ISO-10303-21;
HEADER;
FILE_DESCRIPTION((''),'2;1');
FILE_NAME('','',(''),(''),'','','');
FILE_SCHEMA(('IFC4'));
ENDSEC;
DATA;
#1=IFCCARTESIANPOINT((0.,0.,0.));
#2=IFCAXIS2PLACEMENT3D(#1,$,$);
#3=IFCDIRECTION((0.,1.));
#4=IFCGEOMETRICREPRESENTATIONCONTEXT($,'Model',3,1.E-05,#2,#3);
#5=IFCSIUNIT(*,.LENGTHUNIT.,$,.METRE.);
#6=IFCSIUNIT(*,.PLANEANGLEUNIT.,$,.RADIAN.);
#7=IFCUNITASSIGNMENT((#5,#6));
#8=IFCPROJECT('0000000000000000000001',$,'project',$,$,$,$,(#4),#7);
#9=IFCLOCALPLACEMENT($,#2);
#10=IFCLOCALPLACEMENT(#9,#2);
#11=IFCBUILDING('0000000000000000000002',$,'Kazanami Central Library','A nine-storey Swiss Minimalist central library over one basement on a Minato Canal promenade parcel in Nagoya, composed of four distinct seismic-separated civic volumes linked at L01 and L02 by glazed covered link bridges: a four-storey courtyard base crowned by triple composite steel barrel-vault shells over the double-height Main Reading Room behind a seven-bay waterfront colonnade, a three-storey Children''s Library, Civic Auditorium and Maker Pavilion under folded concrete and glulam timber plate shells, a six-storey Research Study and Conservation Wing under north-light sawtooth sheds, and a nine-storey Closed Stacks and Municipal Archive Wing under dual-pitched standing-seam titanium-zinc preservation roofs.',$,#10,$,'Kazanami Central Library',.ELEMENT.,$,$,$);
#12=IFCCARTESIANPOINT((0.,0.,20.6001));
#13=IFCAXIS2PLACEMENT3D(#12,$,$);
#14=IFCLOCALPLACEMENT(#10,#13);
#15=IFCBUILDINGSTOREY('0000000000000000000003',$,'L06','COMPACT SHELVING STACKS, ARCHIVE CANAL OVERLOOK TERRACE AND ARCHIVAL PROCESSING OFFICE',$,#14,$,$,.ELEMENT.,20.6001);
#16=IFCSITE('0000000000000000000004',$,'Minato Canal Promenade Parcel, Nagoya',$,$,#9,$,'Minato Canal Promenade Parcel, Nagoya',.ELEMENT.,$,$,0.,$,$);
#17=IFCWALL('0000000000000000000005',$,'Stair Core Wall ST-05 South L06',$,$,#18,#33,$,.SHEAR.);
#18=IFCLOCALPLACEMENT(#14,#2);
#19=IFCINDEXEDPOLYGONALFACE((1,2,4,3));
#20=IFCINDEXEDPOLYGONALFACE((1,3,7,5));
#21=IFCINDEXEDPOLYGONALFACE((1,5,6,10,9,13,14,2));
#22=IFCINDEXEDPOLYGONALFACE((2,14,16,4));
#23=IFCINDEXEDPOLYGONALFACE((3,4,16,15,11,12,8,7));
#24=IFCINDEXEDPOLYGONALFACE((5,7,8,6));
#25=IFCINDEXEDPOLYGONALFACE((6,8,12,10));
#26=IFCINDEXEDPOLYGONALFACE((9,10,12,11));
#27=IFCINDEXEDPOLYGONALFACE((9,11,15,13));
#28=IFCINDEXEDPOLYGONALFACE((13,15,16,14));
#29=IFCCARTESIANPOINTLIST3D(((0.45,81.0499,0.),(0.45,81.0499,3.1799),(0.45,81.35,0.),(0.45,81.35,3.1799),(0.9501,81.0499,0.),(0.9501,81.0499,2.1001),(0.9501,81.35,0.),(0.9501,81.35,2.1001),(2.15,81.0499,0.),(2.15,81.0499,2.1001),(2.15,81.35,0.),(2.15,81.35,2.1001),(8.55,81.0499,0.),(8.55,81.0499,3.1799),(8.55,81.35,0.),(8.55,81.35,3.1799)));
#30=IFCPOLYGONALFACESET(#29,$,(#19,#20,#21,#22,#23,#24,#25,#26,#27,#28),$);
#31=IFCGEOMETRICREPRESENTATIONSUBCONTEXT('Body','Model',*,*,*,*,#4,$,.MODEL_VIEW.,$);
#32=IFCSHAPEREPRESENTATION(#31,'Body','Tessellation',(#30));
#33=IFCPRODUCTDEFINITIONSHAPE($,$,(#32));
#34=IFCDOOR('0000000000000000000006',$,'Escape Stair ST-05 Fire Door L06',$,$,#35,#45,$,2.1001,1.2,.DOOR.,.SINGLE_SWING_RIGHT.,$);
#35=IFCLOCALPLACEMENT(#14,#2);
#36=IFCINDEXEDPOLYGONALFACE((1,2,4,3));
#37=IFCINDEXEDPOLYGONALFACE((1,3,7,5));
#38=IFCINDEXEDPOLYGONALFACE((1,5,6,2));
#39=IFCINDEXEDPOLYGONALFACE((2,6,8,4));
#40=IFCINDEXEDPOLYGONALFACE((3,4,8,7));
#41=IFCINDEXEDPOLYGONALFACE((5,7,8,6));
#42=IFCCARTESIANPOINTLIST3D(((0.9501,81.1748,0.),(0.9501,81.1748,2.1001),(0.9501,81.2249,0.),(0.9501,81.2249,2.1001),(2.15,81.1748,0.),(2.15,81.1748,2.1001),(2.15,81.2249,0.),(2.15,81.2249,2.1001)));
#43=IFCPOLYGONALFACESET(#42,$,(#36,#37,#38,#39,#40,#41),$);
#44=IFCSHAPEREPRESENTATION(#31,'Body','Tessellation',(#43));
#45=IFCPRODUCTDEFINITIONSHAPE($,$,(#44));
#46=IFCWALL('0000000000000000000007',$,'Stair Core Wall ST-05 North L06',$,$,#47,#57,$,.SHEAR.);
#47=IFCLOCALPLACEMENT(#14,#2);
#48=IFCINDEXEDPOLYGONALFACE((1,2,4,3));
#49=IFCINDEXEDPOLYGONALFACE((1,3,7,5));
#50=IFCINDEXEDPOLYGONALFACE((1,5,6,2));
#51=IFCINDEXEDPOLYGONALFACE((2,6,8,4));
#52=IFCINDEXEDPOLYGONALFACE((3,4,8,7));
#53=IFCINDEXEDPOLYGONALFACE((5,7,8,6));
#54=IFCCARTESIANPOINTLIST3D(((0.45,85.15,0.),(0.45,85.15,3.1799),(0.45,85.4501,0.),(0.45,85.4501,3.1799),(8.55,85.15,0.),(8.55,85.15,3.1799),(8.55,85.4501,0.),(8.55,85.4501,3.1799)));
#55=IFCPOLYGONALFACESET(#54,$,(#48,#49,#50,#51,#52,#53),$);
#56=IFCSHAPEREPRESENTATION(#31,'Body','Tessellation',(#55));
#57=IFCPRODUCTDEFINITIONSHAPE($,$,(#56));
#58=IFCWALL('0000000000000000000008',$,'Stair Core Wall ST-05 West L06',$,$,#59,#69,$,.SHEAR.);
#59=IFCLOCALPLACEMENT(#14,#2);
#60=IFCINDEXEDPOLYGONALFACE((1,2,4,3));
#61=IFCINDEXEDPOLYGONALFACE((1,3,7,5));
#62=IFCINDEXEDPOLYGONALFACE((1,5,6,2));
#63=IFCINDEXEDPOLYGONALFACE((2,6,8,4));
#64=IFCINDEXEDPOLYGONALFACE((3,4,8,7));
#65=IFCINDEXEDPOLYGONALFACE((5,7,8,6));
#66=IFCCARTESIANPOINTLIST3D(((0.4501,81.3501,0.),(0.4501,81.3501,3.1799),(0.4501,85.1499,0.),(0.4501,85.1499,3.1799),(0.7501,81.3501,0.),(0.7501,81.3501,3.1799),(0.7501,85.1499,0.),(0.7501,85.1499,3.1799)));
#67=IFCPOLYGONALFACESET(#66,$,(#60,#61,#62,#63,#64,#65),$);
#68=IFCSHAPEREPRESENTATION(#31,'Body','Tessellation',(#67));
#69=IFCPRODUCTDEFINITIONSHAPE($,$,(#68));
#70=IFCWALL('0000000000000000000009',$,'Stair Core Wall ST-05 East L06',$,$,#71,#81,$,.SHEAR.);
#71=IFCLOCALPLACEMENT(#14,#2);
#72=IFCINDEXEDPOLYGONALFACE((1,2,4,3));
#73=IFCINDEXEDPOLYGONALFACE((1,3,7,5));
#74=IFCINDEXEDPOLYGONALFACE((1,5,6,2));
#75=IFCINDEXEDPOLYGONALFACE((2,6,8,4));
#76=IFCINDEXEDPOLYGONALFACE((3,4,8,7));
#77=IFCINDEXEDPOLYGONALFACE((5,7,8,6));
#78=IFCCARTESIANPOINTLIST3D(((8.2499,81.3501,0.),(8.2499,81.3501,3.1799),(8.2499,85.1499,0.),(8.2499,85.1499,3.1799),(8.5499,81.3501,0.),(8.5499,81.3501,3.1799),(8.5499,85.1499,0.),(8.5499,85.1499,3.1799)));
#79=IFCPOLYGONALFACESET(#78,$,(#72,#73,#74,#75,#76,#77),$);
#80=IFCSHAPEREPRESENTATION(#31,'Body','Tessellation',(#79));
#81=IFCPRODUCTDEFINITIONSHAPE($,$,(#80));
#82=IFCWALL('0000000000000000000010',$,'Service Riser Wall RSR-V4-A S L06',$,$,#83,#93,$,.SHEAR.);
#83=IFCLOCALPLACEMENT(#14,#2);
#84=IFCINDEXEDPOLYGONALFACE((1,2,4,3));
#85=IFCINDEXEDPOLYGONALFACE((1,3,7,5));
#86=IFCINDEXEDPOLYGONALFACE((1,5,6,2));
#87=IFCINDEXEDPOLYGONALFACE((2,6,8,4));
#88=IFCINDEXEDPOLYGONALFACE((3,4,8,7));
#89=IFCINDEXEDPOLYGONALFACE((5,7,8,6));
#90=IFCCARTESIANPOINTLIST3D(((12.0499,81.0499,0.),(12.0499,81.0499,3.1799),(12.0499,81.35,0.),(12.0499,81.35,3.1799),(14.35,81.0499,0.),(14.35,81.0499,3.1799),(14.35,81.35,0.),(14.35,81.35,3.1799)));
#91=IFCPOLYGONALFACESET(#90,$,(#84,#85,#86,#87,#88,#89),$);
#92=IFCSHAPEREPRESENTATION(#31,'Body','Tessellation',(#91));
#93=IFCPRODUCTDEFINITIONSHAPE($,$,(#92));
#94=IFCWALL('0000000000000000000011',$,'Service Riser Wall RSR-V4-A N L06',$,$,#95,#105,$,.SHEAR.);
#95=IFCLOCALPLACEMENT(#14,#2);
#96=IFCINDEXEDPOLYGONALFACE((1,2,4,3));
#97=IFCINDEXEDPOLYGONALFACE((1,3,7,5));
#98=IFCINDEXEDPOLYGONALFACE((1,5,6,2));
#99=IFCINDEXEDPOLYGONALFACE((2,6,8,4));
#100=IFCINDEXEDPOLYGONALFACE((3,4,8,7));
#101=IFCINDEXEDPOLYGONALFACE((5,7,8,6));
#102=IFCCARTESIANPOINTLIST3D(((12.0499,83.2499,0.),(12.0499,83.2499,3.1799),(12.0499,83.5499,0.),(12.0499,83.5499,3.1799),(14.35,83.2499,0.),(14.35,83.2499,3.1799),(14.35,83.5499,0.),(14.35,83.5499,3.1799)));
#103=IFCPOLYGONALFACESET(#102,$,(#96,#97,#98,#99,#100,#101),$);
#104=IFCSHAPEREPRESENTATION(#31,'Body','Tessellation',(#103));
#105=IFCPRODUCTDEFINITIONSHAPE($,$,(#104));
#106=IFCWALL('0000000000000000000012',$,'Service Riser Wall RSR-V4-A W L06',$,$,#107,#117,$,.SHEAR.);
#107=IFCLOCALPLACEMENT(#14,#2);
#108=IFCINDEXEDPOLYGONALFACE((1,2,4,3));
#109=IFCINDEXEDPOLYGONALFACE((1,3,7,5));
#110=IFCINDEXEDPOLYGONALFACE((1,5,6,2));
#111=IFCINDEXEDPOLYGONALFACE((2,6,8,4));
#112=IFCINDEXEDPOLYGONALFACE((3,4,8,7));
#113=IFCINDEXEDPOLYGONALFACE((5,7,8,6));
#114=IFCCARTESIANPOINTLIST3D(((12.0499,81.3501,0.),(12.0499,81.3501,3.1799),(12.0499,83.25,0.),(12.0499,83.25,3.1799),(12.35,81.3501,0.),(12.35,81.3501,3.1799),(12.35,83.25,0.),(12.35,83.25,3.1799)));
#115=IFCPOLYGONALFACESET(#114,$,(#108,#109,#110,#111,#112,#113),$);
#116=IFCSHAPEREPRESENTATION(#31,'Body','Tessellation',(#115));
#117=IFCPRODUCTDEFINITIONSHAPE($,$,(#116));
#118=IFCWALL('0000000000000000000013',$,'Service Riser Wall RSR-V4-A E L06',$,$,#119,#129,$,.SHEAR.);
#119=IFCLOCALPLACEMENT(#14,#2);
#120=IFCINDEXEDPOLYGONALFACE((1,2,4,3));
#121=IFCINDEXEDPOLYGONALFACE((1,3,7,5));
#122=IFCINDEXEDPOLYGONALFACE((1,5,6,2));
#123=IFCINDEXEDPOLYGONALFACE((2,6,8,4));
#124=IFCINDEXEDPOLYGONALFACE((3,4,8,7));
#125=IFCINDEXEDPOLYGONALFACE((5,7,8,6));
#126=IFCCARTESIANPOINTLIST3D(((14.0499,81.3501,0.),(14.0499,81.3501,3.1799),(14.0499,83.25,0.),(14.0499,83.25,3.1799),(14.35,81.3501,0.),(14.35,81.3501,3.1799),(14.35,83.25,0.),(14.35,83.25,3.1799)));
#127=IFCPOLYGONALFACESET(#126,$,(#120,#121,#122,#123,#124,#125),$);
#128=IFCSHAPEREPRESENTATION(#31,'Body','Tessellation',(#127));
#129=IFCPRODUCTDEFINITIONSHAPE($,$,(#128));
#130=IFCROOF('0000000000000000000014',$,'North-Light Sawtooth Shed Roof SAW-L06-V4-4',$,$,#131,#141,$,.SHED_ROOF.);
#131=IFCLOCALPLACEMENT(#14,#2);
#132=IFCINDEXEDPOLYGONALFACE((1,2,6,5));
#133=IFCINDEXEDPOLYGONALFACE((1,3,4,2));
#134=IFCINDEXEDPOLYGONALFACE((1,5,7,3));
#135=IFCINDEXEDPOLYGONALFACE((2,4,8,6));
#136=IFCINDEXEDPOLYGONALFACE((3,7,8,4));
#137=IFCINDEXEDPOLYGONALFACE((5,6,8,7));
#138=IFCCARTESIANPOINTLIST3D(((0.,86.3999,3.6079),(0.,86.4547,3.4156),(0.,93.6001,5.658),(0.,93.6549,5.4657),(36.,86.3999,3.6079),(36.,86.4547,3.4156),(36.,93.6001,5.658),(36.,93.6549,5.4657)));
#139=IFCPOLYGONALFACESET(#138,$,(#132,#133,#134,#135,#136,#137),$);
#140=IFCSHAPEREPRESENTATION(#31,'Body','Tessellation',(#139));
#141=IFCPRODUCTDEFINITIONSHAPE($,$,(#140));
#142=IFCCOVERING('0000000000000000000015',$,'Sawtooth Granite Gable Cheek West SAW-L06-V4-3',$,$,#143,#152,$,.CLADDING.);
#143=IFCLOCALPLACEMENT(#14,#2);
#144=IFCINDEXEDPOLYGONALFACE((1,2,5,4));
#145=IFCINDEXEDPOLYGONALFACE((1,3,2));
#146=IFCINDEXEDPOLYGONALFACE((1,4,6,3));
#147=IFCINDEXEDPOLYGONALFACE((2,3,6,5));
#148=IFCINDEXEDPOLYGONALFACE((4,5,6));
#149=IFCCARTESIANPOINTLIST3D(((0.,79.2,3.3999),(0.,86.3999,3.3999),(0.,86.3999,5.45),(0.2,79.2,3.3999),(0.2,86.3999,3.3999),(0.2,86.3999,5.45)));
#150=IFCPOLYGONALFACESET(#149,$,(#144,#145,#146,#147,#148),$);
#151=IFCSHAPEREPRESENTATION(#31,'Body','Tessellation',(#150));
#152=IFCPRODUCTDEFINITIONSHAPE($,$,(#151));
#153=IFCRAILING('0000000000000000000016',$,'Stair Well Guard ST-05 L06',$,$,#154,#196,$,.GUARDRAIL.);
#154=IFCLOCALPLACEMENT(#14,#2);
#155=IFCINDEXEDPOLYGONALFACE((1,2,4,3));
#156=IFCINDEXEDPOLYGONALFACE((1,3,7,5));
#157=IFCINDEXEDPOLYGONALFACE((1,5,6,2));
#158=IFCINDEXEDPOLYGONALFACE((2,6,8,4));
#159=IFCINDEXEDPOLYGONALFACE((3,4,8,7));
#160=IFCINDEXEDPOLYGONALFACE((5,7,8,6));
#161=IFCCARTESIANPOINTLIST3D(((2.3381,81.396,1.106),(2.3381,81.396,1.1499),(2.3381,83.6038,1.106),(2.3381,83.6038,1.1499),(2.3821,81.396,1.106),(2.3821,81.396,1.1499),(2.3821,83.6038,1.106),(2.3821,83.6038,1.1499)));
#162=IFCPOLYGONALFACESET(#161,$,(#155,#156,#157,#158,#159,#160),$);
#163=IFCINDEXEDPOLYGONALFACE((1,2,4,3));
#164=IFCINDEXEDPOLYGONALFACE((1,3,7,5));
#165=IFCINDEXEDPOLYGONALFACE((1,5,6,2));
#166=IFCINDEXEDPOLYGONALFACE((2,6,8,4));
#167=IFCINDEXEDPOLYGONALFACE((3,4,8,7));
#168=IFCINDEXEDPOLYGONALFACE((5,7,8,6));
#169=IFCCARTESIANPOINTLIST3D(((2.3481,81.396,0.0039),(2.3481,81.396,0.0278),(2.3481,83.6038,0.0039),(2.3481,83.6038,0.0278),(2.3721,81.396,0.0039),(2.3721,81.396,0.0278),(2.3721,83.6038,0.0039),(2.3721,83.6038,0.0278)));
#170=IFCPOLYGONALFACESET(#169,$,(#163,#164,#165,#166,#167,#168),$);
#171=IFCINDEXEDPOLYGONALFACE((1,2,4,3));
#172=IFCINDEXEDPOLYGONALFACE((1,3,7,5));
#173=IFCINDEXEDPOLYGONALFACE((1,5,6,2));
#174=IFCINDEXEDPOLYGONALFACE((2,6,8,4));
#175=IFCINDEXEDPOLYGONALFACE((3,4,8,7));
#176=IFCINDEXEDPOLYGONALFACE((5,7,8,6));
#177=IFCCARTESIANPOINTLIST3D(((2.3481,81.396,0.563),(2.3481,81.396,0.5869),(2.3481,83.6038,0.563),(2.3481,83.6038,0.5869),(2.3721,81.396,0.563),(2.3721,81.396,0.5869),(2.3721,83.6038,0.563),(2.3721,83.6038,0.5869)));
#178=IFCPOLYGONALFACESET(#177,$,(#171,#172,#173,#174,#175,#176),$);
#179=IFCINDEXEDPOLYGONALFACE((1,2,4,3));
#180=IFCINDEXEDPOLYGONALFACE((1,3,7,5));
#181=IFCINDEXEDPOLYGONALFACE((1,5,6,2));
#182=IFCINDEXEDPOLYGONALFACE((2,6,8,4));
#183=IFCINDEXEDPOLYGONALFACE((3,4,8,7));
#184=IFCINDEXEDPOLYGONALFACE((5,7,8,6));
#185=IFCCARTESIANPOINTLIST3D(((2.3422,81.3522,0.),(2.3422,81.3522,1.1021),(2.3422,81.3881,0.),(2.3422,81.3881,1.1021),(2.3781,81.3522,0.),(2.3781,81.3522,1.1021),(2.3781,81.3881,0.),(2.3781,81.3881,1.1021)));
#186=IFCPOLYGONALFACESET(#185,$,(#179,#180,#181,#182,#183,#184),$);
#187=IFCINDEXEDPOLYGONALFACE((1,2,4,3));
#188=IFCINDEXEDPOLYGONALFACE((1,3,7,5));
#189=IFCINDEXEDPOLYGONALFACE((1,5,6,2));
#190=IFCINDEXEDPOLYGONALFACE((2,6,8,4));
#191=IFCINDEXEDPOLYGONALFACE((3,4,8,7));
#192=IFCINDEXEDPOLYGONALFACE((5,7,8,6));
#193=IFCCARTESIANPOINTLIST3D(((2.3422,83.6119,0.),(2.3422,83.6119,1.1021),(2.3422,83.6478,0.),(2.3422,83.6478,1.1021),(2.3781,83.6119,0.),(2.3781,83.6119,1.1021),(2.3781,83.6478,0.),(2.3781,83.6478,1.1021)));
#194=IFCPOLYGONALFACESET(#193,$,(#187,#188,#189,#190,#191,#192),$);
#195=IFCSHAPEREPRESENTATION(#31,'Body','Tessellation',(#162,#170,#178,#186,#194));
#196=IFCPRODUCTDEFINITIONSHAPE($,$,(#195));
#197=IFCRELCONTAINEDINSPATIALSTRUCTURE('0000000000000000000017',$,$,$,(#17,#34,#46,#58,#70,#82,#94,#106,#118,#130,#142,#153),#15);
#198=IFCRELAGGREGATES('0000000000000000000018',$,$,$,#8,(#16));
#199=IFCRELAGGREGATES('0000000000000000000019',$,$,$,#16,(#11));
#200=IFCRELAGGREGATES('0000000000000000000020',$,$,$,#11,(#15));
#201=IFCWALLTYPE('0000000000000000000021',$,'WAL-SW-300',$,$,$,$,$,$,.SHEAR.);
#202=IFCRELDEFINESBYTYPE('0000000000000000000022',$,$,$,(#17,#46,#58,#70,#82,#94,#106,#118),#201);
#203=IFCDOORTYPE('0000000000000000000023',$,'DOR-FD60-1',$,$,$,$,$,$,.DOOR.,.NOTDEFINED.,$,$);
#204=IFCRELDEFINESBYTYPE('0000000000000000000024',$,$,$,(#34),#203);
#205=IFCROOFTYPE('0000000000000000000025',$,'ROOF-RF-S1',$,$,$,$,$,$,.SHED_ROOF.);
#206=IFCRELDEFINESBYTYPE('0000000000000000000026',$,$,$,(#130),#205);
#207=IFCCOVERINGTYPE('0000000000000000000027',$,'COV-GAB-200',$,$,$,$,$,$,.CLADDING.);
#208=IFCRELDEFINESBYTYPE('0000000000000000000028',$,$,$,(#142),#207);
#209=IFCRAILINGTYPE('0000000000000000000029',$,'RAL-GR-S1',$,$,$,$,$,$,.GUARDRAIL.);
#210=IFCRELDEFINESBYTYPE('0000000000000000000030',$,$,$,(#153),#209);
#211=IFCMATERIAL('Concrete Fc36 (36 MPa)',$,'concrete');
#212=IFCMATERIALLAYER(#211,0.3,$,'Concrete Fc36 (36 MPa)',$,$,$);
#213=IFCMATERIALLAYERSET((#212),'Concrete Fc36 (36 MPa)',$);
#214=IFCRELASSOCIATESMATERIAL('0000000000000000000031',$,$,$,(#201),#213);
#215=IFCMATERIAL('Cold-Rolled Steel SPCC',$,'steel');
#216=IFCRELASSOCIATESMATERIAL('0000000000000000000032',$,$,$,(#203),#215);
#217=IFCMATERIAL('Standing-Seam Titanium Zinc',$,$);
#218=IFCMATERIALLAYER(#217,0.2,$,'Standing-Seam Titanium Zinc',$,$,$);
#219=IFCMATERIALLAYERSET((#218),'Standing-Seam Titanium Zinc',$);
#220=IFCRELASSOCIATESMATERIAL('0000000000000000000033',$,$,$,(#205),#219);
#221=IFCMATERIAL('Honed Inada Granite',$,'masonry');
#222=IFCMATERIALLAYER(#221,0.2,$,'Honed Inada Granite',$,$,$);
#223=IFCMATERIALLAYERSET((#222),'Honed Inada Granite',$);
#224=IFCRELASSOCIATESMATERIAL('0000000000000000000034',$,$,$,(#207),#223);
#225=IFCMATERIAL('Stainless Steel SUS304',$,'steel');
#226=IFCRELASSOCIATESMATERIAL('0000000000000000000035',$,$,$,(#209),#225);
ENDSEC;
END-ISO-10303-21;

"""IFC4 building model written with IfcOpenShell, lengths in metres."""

from ifc_helpers import new_model, si_unit, direction, frame, frame_2d, origin, origin_2d, place, context, subcontext, project, spatial, polyline, rectangle, outline, extrude, material, layer, layer_set, type_object, element, fill, save


model = new_model("IFC4")

# Units and contexts
model_context = context("Model", 3, precision=1e-05, world=origin(), true_north=direction((0.0, 1.0)))
body_context = subcontext(model_context, "Body", "Model", "MODEL_VIEW")
ifc_project = project(units=[si_unit("LENGTHUNIT", "METRE"), si_unit("PLANEANGLEUNIT", "RADIAN")], contexts=[model_context])

# Site, building, storey
site_placement = place(None, origin())
site = spatial("IfcSite", under=ifc_project, at=site_placement, Name="Minato Canal Promenade Parcel, Nagoya", LongName="Minato Canal Promenade Parcel, Nagoya", CompositionType="ELEMENT", RefElevation=0.0)
building_placement = place(site_placement, origin())
building = spatial("IfcBuilding", under=site, at=building_placement, Name="Kazanami Central Library", Description="A nine-storey Swiss Minimalist central library over one basement on a Minato Canal promenade parcel in Nagoya, composed of four distinct seismic-separated civic volumes linked at L01 and L02 by glazed covered link bridges: a four-storey courtyard base crowned by triple composite steel barrel-vault shells over the double-height Main Reading Room behind a seven-bay waterfront colonnade, a three-storey Children's Library, Civic Auditorium and Maker Pavilion under folded concrete and glulam timber plate shells, a six-storey Research Study and Conservation Wing under north-light sawtooth sheds, and a nine-storey Closed Stacks and Municipal Archive Wing under dual-pitched standing-seam titanium-zinc preservation roofs.", LongName="Kazanami Central Library", CompositionType="ELEMENT")
storey_placement = place(building_placement, frame((0.0, 0.0, 20.6001)))
storey = spatial("IfcBuildingStorey", under=building, at=storey_placement, Name="L06", Description="COMPACT SHELVING STACKS, ARCHIVE CANAL OVERLOOK TERRACE AND ARCHIVAL PROCESSING OFFICE", CompositionType="ELEMENT", Elevation=20.6001)

# Shared definitions
ifc_material_1 = material(Name="Concrete Fc36 (36 MPa)", Category="concrete")
ifc_material_2 = material(Name="Honed Inada Granite", Category="masonry")

# Shared definitions
ifc_material_3 = material(Name="Cold-Rolled Steel SPCC", Category="steel")

# Wall, opening, door
ifc_layer_1 = layer(ifc_material_1, 0.3, Name="Concrete Fc36 (36 MPa)")
ifc_layer_set_1 = layer_set([ifc_layer_1], Name="Concrete Fc36 (36 MPa)")
wall_type_1 = type_object("IfcWallType", Name="WAL-SW-300", PredefinedType="SHEAR", material=ifc_layer_set_1)
wall_1_placement = place(storey_placement, frame((0.45, 81.2, 0.0), z_axis=(0.0, 0.0, 1.0), x_axis=(1.0, 0.0, 0.0)))
wall_1 = element("IfcWall", 1, at=wall_1_placement, inside=storey, type_object=wall_type_1, Name="Stair Core Wall ST-05 South L06", PredefinedType="SHEAR", context=body_context, shape_type="SweptSolid", body=[
    extrude(rectangle(XDim=8.1001, YDim=0.3, at=frame_2d((4.05, 0.0))), origin(), (0.0, 0.0, 1.0), 3.1799),
])
opening_1_placement = place(wall_1_placement, frame((0.5, 0.0, 0.0)))
opening_1 = element("IfcOpeningElement", 2, at=opening_1_placement, cuts=wall_1, PredefinedType="OPENING", context=body_context, shape_type="SweptSolid", body=[
    extrude(rectangle(XDim=1.2, YDim=2.1001, at=frame_2d((0.6001, 1.05))), frame((0.0, 0.1621, 0.0), z_axis=(0.0, -1.0, 0.0), x_axis=(1.0, 0.0, 0.0)), (0.0, 0.0, 1.0), 0.324),
])
door_type_1 = type_object("IfcDoorType", Name="DOR-FD60-1", OperationType="NOTDEFINED", PredefinedType="DOOR", material=ifc_material_3)
door_1_placement = place(opening_1_placement, origin())
door_1 = element("IfcDoor", 3, at=door_1_placement, inside=storey, type_object=door_type_1, Name="Escape Stair ST-05 Fire Door L06", OperationType="SINGLE_SWING_RIGHT", OverallHeight=2.1001, OverallWidth=1.2, PredefinedType="DOOR", context=body_context, shape_type="SweptSolid", body=[
    extrude(rectangle(XDim=1.2, YDim=2.1001, at=frame_2d((0.6001, 1.05))), frame((0.0, 0.0249, 0.0), z_axis=(0.0, -1.0, 0.0), x_axis=(1.0, 0.0, 0.0)), (0.0, 0.0, 1.0), 0.05),
])
fill(opening_1, door_1)

# Walls
wall_2_placement = place(storey_placement, frame((0.45, 85.3, 0.0), z_axis=(0.0, 0.0, 1.0), x_axis=(1.0, 0.0, 0.0)))
element("IfcWall", 4, at=wall_2_placement, inside=storey, type_object=wall_type_1, Name="Stair Core Wall ST-05 North L06", PredefinedType="SHEAR", context=body_context, shape_type="SweptSolid", body=[
    extrude(rectangle(XDim=8.1001, YDim=0.3, at=frame_2d((4.05, 0.0))), origin(), (0.0, 0.0, 1.0), 3.1799),
])
for number, where, z_axis, x_axis, name in (
    (5, (0.6001, 81.3501, 0.0), (0.0, 0.0, 1.0), (0.0, 1.0, 0.0), "Stair Core Wall ST-05 West L06"),
    (6, (8.3999, 81.3501, 0.0), (0.0, 0.0, 1.0), (0.0, 1.0, 0.0), "Stair Core Wall ST-05 East L06"),
):
    element("IfcWall", number, at=place(storey_placement, frame(where, z_axis=z_axis, x_axis=x_axis)), inside=storey, type_object=wall_type_1, Name=name, PredefinedType="SHEAR", context=body_context, shape_type="SweptSolid", body=[
        extrude(rectangle(XDim=3.7998, YDim=0.3, at=frame_2d((1.8999, 0.0))), origin(), (0.0, 0.0, 1.0), 3.1799),
    ])
for number, where, z_axis, x_axis, name in (
    (7, (12.05, 81.2, 0.0), (0.0, 0.0, 1.0), (1.0, 0.0, 0.0), "Service Riser Wall RSR-V4-A S L06"),
    (8, (12.05, 83.3999, 0.0), (0.0, 0.0, 1.0), (1.0, 0.0, 0.0), "Service Riser Wall RSR-V4-A N L06"),
):
    element("IfcWall", number, at=place(storey_placement, frame(where, z_axis=z_axis, x_axis=x_axis)), inside=storey, type_object=wall_type_1, Name=name, PredefinedType="SHEAR", context=body_context, shape_type="SweptSolid", body=[
        extrude(rectangle(XDim=2.3, YDim=0.3, at=frame_2d((1.1499, 0.0))), origin(), (0.0, 0.0, 1.0), 3.1799),
    ])
for number, where, z_axis, x_axis, name in (
    (9, (12.2, 81.3501, 0.0), (0.0, 0.0, 1.0), (0.0, 1.0, 0.0), "Service Riser Wall RSR-V4-A W L06"),
    (10, (14.2, 81.3501, 0.0), (0.0, 0.0, 1.0), (0.0, 1.0, 0.0), "Service Riser Wall RSR-V4-A E L06"),
):
    element("IfcWall", number, at=place(storey_placement, frame(where, z_axis=z_axis, x_axis=x_axis)), inside=storey, type_object=wall_type_1, Name=name, PredefinedType="SHEAR", context=body_context, shape_type="SweptSolid", body=[
        extrude(rectangle(XDim=1.8999, YDim=0.3, at=frame_2d((0.95, 0.0))), origin(), (0.0, 0.0, 1.0), 3.1799),
    ])

# Roof
ifc_material_4 = material(Name="Standing-Seam Titanium Zinc")
ifc_layer_2 = layer(ifc_material_4, 0.2, Name="Standing-Seam Titanium Zinc")
ifc_layer_set_2 = layer_set([ifc_layer_2], Name="Standing-Seam Titanium Zinc")
roof_type = type_object("IfcRoofType", Name="ROOF-RF-S1", PredefinedType="SHED_ROOF", material=ifc_layer_set_2)
roof_placement = place(storey_placement, frame((0.0, 86.3999, 3.6079), z_axis=(0.0, -0.273838, 0.961776), x_axis=(1.0, 0.0, 0.0)))
element("IfcRoof", 11, at=roof_placement, inside=storey, type_object=roof_type, Name="North-Light Sawtooth Shed Roof SAW-L06-V4-4", PredefinedType="SHED_ROOF", context=body_context, shape_type="SweptSolid", body=[
    extrude(outline(polyline([(0.0, 0.0), (36.0, 0.0), (36.0, 7.4864), (0.0, 7.4864), (0.0, 0.0)])), origin(), (0.0, 0.0, -1.0), 0.2),
])

# Covering
ifc_layer_3 = layer(ifc_material_2, 0.2, Name="Honed Inada Granite")
ifc_layer_set_3 = layer_set([ifc_layer_3], Name="Honed Inada Granite")
covering_type = type_object("IfcCoveringType", Name="COV-GAB-200", PredefinedType="CLADDING", material=ifc_layer_set_3)
covering_placement = place(storey_placement, frame((0.2, 79.2, 3.3999), z_axis=(1.0, 0.0, 0.0), x_axis=(0.0, 1.0, 0.0)))
element("IfcCovering", 12, at=covering_placement, inside=storey, type_object=covering_type, Name="Sawtooth Granite Gable Cheek West SAW-L06-V4-3", PredefinedType="CLADDING", context=body_context, shape_type="SweptSolid", body=[
    extrude(outline(polyline([(0.0, 0.0), (7.2, 0.0), (7.2, 2.05), (0.0, 0.0)])), origin(), (0.0, 0.0, -1.0), 0.2),
])

# Railing
ifc_material_5 = material(Name="Stainless Steel SUS304", Category="steel")
railing_type = type_object("IfcRailingType", Name="RAL-GR-S1", PredefinedType="GUARDRAIL", material=ifc_material_5)
railing_placement = place(storey_placement, frame((2.3601, 81.3701, 0.0)))
element("IfcRailing", 13, at=railing_placement, inside=storey, type_object=railing_type, Name="Stair Well Guard ST-05 L06", PredefinedType="GUARDRAIL", context=body_context, shape_type="SweptSolid", body=[
    extrude(rectangle(XDim=0.0439, YDim=0.0439, at=origin_2d()), frame((0.0, 0.0259, 1.1279), z_axis=(0.0, 1.0, 0.0), x_axis=(-1.0, 0.0, 0.0)), (0.0, 0.0, 1.0), 2.2078),
    extrude(rectangle(XDim=0.0239, YDim=0.0239, at=origin_2d()), frame((0.0, 0.0259, 0.0159), z_axis=(0.0, 1.0, 0.0), x_axis=(-1.0, 0.0, 0.0)), (0.0, 0.0, 1.0), 2.2078),
    extrude(rectangle(XDim=0.0239, YDim=0.0239, at=origin_2d()), frame((0.0, 0.0259, 0.575), z_axis=(0.0, 1.0, 0.0), x_axis=(-1.0, 0.0, 0.0)), (0.0, 0.0, 1.0), 2.2078),
    extrude(rectangle(XDim=0.0359, YDim=0.0359, at=origin_2d()), origin(), (0.0, 0.0, 1.0), 1.1021),
    extrude(rectangle(XDim=0.0359, YDim=0.0359, at=origin_2d()), frame((0.0, 2.2598, 0.0)), (0.0, 0.0, 1.0), 1.1021),
])

save(model, "model.ifc")
